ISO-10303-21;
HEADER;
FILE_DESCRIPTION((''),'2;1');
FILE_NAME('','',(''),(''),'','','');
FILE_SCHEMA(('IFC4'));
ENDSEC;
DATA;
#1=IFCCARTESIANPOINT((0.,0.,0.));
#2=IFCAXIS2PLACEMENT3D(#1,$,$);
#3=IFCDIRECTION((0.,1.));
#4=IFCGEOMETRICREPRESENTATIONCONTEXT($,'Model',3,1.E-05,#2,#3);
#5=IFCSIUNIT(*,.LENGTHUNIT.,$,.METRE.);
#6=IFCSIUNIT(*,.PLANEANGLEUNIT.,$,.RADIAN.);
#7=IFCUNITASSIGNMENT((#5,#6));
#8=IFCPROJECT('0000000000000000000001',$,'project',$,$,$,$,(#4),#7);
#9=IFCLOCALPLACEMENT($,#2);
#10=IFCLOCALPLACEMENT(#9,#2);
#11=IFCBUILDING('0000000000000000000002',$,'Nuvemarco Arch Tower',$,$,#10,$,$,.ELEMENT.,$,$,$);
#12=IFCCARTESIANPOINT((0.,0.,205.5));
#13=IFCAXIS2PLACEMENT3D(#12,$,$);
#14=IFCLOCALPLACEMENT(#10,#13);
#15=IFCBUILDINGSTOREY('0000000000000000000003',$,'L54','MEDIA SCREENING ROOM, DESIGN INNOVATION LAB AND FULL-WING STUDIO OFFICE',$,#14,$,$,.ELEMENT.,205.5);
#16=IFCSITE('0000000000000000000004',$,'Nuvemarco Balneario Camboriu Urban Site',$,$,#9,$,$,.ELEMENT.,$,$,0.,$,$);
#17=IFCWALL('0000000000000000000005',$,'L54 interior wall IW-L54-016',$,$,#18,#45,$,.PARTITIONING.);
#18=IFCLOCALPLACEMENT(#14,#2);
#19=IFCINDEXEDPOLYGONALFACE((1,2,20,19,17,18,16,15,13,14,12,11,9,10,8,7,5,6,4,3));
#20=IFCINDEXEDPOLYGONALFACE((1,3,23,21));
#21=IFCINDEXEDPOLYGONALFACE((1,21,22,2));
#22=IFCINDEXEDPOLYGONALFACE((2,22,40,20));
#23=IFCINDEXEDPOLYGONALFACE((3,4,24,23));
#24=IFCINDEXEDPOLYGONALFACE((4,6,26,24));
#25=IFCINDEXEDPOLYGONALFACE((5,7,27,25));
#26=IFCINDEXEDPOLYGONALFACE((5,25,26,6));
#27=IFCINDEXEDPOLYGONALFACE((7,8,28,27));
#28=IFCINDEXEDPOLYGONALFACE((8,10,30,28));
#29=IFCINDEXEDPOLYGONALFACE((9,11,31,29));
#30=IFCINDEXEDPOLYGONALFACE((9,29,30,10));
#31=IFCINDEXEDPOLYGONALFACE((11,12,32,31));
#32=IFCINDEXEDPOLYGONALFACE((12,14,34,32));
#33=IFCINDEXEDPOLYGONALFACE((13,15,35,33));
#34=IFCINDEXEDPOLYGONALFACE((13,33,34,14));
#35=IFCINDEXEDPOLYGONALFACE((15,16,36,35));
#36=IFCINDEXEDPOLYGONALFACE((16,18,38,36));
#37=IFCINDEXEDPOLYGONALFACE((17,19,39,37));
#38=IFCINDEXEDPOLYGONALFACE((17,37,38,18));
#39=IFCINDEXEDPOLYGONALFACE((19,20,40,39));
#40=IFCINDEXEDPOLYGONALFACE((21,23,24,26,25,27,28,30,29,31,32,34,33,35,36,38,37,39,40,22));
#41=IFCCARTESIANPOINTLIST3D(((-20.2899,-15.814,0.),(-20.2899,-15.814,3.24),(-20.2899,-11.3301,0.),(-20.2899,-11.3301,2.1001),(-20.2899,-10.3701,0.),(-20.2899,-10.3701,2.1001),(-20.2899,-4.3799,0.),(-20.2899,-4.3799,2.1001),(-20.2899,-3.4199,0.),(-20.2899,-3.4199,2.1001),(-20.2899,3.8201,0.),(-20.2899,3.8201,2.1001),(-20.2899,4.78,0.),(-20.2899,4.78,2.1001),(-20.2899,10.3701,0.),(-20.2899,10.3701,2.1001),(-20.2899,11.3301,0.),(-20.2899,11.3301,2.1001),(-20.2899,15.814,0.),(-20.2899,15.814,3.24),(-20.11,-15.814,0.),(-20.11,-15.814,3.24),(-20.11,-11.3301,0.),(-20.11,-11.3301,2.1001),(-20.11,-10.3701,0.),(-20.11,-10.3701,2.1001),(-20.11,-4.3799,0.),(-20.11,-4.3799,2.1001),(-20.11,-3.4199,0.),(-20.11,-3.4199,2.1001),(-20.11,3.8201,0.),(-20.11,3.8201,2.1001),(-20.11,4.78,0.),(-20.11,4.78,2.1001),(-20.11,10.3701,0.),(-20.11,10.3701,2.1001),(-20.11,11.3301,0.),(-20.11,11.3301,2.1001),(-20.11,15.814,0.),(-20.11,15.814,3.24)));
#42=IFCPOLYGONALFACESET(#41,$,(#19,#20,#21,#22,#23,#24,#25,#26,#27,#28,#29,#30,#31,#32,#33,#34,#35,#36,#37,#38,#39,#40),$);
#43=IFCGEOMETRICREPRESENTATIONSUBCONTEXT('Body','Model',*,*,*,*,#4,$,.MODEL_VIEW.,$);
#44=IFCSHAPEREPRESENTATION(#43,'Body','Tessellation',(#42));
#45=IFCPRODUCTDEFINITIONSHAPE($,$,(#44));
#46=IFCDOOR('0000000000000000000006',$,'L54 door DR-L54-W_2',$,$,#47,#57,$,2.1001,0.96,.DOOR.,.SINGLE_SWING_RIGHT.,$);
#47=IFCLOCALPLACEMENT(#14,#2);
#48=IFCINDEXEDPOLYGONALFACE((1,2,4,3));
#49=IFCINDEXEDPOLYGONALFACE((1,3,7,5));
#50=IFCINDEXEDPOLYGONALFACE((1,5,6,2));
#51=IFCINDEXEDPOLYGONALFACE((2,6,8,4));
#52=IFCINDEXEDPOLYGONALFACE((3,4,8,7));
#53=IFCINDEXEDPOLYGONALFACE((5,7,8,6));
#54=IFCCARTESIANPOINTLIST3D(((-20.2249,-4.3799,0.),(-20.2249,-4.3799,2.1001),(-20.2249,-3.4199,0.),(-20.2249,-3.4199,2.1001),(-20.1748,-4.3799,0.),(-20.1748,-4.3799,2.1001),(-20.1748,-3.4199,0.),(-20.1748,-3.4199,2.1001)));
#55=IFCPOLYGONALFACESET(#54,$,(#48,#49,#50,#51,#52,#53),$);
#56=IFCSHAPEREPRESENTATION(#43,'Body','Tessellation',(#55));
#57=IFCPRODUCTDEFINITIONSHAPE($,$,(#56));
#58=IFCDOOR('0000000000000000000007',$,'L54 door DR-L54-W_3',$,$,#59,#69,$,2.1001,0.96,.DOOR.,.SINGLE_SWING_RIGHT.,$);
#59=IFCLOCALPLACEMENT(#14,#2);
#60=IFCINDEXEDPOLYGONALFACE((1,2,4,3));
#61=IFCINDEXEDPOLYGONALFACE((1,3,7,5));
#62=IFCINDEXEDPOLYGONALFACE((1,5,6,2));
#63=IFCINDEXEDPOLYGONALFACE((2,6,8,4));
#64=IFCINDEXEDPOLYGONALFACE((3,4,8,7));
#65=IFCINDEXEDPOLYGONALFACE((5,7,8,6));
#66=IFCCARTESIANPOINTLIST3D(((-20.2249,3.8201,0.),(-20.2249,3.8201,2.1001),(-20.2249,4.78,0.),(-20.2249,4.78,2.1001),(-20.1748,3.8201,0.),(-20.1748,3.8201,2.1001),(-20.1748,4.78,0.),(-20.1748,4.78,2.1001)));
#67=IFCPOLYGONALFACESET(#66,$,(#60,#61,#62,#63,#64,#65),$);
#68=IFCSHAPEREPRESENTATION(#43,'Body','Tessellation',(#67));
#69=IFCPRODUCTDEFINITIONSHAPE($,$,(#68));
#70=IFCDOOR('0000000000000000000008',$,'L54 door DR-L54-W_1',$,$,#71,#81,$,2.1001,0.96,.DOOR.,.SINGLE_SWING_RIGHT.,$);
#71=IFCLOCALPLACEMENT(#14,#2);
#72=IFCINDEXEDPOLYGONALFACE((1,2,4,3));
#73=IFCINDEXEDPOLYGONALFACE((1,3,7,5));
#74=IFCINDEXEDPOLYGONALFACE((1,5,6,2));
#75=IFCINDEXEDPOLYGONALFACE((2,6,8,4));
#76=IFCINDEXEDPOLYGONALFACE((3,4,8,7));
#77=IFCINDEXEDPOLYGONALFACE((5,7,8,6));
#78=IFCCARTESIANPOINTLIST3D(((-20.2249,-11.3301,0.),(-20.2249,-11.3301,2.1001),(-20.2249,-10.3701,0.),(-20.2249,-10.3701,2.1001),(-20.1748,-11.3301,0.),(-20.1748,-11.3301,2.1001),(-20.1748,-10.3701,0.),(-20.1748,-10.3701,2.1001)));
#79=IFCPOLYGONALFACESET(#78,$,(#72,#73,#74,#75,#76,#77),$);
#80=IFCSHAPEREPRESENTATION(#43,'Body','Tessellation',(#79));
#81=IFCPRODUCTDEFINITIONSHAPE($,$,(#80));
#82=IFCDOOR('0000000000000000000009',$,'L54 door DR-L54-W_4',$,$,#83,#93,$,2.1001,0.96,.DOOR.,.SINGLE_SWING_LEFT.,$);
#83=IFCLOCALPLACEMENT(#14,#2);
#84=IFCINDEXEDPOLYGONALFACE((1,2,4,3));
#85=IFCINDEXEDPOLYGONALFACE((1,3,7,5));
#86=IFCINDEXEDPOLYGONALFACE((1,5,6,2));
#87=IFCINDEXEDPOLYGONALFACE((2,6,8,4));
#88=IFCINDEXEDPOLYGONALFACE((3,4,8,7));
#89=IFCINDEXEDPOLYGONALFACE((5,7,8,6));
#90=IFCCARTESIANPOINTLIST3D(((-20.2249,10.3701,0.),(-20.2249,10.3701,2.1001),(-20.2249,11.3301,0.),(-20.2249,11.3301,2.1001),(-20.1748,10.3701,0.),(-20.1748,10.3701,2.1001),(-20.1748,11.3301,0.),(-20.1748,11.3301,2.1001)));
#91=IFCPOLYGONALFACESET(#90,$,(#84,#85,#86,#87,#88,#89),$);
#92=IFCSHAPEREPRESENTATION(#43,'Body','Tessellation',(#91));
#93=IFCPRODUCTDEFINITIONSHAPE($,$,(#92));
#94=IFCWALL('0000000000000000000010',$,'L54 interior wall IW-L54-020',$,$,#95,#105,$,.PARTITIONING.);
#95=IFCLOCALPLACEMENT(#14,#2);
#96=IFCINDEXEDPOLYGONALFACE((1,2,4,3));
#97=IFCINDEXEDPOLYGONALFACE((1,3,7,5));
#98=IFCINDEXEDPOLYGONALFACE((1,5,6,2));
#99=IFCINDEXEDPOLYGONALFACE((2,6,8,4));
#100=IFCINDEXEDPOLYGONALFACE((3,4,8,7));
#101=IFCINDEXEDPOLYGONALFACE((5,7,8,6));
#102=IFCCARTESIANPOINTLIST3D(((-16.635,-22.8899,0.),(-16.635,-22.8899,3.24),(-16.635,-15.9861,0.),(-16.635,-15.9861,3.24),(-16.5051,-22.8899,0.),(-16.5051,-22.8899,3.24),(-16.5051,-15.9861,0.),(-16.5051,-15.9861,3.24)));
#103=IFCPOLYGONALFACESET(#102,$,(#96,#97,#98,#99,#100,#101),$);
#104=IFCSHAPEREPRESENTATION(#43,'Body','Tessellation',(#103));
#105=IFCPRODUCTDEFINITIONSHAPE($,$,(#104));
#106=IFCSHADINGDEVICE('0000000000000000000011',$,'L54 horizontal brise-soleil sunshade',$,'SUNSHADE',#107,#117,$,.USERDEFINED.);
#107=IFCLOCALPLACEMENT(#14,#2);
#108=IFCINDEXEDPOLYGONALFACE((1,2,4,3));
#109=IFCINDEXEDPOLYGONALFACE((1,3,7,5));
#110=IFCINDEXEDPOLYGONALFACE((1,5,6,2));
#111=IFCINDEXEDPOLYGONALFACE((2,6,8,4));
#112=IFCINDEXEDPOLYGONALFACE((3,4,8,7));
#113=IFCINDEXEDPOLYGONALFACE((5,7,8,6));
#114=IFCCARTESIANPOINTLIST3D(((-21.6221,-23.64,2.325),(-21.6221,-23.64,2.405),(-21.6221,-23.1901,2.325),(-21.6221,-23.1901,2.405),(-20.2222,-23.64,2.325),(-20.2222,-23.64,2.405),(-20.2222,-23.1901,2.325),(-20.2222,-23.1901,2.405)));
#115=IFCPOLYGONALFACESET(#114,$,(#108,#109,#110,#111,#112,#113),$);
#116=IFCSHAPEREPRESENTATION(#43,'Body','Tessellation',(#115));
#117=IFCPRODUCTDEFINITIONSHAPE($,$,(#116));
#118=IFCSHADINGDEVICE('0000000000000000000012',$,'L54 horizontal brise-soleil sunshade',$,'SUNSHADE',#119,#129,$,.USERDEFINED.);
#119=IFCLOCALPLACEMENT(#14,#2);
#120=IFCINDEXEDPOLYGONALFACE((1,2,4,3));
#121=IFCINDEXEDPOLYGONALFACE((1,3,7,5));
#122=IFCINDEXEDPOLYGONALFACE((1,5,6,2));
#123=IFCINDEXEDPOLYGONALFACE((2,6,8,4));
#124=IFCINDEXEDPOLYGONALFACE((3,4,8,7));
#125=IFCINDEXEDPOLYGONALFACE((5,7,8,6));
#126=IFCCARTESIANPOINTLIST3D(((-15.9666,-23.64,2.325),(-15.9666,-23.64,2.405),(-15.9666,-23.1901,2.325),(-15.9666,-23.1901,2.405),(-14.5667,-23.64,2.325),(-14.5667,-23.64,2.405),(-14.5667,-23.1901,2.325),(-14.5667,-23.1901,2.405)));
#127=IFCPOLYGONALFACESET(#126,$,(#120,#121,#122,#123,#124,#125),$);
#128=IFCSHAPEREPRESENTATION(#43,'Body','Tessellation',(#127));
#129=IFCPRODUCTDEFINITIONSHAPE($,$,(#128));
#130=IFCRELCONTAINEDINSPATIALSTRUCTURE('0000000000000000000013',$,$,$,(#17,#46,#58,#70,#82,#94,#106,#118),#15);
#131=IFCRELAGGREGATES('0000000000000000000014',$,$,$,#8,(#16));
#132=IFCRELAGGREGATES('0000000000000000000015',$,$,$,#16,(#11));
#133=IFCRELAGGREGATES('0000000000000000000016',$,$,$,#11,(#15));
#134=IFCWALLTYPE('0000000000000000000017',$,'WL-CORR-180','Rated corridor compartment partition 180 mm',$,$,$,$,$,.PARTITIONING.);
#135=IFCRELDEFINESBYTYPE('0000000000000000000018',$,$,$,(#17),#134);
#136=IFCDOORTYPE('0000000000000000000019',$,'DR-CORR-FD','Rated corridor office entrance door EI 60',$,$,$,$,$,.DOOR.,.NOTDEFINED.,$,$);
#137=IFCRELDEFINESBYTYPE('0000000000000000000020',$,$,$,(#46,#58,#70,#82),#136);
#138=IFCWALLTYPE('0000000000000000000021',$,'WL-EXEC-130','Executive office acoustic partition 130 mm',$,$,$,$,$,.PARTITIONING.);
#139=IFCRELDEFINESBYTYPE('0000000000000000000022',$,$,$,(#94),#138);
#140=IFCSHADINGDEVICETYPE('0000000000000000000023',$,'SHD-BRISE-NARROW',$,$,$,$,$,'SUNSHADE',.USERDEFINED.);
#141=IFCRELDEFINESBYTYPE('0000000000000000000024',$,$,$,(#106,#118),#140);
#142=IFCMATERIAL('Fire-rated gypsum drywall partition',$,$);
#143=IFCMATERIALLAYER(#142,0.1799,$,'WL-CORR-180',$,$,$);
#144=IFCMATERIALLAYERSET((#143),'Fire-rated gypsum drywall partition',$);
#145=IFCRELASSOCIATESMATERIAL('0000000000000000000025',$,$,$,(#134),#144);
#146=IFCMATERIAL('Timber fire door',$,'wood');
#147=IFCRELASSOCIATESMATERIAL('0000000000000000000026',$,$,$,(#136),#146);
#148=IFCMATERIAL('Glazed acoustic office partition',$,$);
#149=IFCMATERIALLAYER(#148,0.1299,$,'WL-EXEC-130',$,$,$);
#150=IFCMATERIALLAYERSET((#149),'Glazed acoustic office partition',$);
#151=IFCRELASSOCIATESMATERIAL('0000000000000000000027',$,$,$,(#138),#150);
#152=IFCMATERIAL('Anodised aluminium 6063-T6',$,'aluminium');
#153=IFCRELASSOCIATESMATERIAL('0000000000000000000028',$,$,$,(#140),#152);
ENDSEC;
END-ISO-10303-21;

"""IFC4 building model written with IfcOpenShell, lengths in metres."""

from ifc_helpers import new_model, si_unit, direction, frame, frame_2d, origin, origin_2d, place, context, subcontext, project, spatial, rectangle, extrude, source, transform, mapped, material, layer, layer_set, type_object, type_shapes, element, fill, save


model = new_model("IFC4")

# Units and contexts
model_context = context("Model", 3, precision=1e-05, world=origin(), true_north=direction((0.0, 1.0)))
body_context = subcontext(model_context, "Body", "Model", "MODEL_VIEW")
ifc_project = project(units=[si_unit("LENGTHUNIT", "METRE"), si_unit("PLANEANGLEUNIT", "RADIAN")], contexts=[model_context])

# Site, building, storey
site_placement = place(None, origin())
site = spatial("IfcSite", under=ifc_project, at=site_placement, Name="Nuvemarco Balneario Camboriu Urban Site", CompositionType="ELEMENT", RefElevation=0.0)
building_placement = place(site_placement, origin())
building = spatial("IfcBuilding", under=site, at=building_placement, Name="Nuvemarco Arch Tower", CompositionType="ELEMENT")
storey_placement = place(building_placement, frame((0.0, 0.0, 205.5)))
storey = spatial("IfcBuildingStorey", under=building, at=storey_placement, Name="L54", Description="MEDIA SCREENING ROOM, DESIGN INNOVATION LAB AND FULL-WING STUDIO OFFICE", CompositionType="ELEMENT", Elevation=205.5)

# Wall, openings, doors
ifc_material_1 = material(Name="Fire-rated gypsum drywall partition")
ifc_layer_1 = layer(ifc_material_1, 0.1799, Name="WL-CORR-180")
ifc_layer_set_1 = layer_set([ifc_layer_1], Name="Fire-rated gypsum drywall partition")
wall_type_1 = type_object("IfcWallType", Name="WL-CORR-180", Description="Rated corridor compartment partition 180 mm", PredefinedType="PARTITIONING", material=ifc_layer_set_1)
ifc_material_2 = material(Name="Timber fire door", Category="wood")
door_type_1 = type_object("IfcDoorType", Name="DR-CORR-FD", Description="Rated corridor office entrance door EI 60", OperationType="NOTDEFINED", PredefinedType="DOOR", material=ifc_material_2)
shared_shape_1 = source(origin(), body_context, "Body", "SweptSolid", [
    extrude(rectangle(XDim=0.96, YDim=2.1001, at=frame_2d((0.48, 1.05))), frame((0.0, 0.0249, 0.0), z_axis=(0.0, -1.0, 0.0), x_axis=(1.0, 0.0, 0.0)), (0.0, 0.0, 1.0), 0.05),
])
type_shapes(door_type_1, [shared_shape_1])
wall_1_placement = place(storey_placement, frame((-20.2, -15.814, 0.0), z_axis=(0.0, 0.0, 1.0), x_axis=(0.0, 1.0, 0.0)))
wall_1 = element("IfcWall", 1, at=wall_1_placement, inside=storey, type_object=wall_type_1, Name="L54 interior wall IW-L54-016", PredefinedType="PARTITIONING", context=body_context, shape_type="SweptSolid", body=[
    extrude(rectangle(XDim=31.6279, YDim=0.1799, at=frame_2d((15.814, 0.0))), origin(), (0.0, 0.0, 1.0), 3.24),
])
opening_1_placement = place(wall_1_placement, frame((11.4341, 0.0, 0.0)))
opening_1 = element("IfcOpeningElement", 2, at=opening_1_placement, cuts=wall_1, PredefinedType="OPENING", context=body_context, shape_type="SweptSolid", body=[
    extrude(rectangle(XDim=0.96, YDim=2.1001, at=frame_2d((0.48, 1.05))), frame((0.0, 0.0999, 0.0), z_axis=(0.0, -1.0, 0.0), x_axis=(1.0, 0.0, 0.0)), (0.0, 0.0, 1.0), 0.2),
])
opening_2_placement = place(wall_1_placement, frame((19.634, 0.0, 0.0)))
opening_2 = element("IfcOpeningElement", 3, at=opening_2_placement, cuts=wall_1, PredefinedType="OPENING", context=body_context, shape_type="SweptSolid", body=[
    extrude(rectangle(XDim=0.96, YDim=2.1001, at=frame_2d((0.48, 1.05))), frame((0.0, 0.0999, 0.0), z_axis=(0.0, -1.0, 0.0), x_axis=(1.0, 0.0, 0.0)), (0.0, 0.0, 1.0), 0.2),
])
opening_3_placement = place(wall_1_placement, frame((4.4839, 0.0, 0.0)))
opening_3 = element("IfcOpeningElement", 4, at=opening_3_placement, cuts=wall_1, PredefinedType="OPENING", context=body_context, shape_type="SweptSolid", body=[
    extrude(rectangle(XDim=0.96, YDim=2.1001, at=frame_2d((0.48, 1.05))), frame((0.0, 0.0999, 0.0), z_axis=(0.0, -1.0, 0.0), x_axis=(1.0, 0.0, 0.0)), (0.0, 0.0, 1.0), 0.2),
])
opening_4_placement = place(wall_1_placement, frame((26.1841, 0.0, 0.0)))
opening_4 = element("IfcOpeningElement", 5, at=opening_4_placement, cuts=wall_1, PredefinedType="OPENING", context=body_context, shape_type="SweptSolid", body=[
    extrude(rectangle(XDim=0.96, YDim=2.1001, at=frame_2d((0.48, 1.05))), frame((0.0, 0.0999, 0.0), z_axis=(0.0, -1.0, 0.0), x_axis=(1.0, 0.0, 0.0)), (0.0, 0.0, 1.0), 0.2),
])
door_1_placement = place(opening_1_placement, origin())
door_1 = element("IfcDoor", 6, at=door_1_placement, inside=storey, type_object=door_type_1, Name="L54 door DR-L54-W_2", OperationType="SINGLE_SWING_RIGHT", OverallHeight=2.1001, OverallWidth=0.96, PredefinedType="DOOR", context=body_context, shape_type="MappedRepresentation", body=[
    mapped(shared_shape_1, transform((0.0, 0.0, 0.0), scale=1.0)),
])
fill(opening_1, door_1)
door_2_placement = place(opening_2_placement, origin())
door_2 = element("IfcDoor", 7, at=door_2_placement, inside=storey, type_object=door_type_1, Name="L54 door DR-L54-W_3", OperationType="SINGLE_SWING_RIGHT", OverallHeight=2.1001, OverallWidth=0.96, PredefinedType="DOOR", context=body_context, shape_type="MappedRepresentation", body=[
    mapped(shared_shape_1, transform((0.0, 0.0, 0.0), scale=1.0)),
])
fill(opening_2, door_2)
door_3_placement = place(opening_3_placement, origin())
door_3 = element("IfcDoor", 8, at=door_3_placement, inside=storey, type_object=door_type_1, Name="L54 door DR-L54-W_1", OperationType="SINGLE_SWING_RIGHT", OverallHeight=2.1001, OverallWidth=0.96, PredefinedType="DOOR", context=body_context, shape_type="MappedRepresentation", body=[
    mapped(shared_shape_1, transform((0.0, 0.0, 0.0), scale=1.0)),
])
fill(opening_3, door_3)
door_4_placement = place(opening_4_placement, origin())
door_4 = element("IfcDoor", 9, at=door_4_placement, inside=storey, type_object=door_type_1, Name="L54 door DR-L54-W_4", OperationType="SINGLE_SWING_LEFT", OverallHeight=2.1001, OverallWidth=0.96, PredefinedType="DOOR", context=body_context, shape_type="MappedRepresentation", body=[
    mapped(shared_shape_1, transform((0.0, 0.0, 0.0), scale=1.0)),
])
fill(opening_4, door_4)

# Wall
ifc_material_3 = material(Name="Glazed acoustic office partition")
ifc_layer_2 = layer(ifc_material_3, 0.1299, Name="WL-EXEC-130")
ifc_layer_set_2 = layer_set([ifc_layer_2], Name="Glazed acoustic office partition")
wall_type_2 = type_object("IfcWallType", Name="WL-EXEC-130", Description="Executive office acoustic partition 130 mm", PredefinedType="PARTITIONING", material=ifc_layer_set_2)
wall_2_placement = place(storey_placement, frame((-16.5701, -22.8899, 0.0), z_axis=(0.0, 0.0, 1.0), x_axis=(0.0, 1.0, 0.0)))
element("IfcWall", 10, at=wall_2_placement, inside=storey, type_object=wall_type_2, Name="L54 interior wall IW-L54-020", PredefinedType="PARTITIONING", context=body_context, shape_type="SweptSolid", body=[
    extrude(rectangle(XDim=6.9038, YDim=0.1299, at=frame_2d((3.4519, 0.0))), origin(), (0.0, 0.0, 1.0), 3.24),
])

# Shading devices
ifc_material_4 = material(Name="Anodised aluminium 6063-T6", Category="aluminium")
shading_device_type = type_object("IfcShadingDeviceType", Name="SHD-BRISE-NARROW", ElementType="SUNSHADE", PredefinedType="USERDEFINED", material=ifc_material_4)
shared_shape_2 = source(origin(), body_context, "Body", "SweptSolid", [
    extrude(rectangle(XDim=1.3999, YDim=0.45, at=origin_2d()), origin(), (0.0, 0.0, 1.0), 0.0801),
])
type_shapes(shading_device_type, [shared_shape_2])
for number, where, z_axis, x_axis, name in (
    (11, (-20.9221, -23.415, 2.325), (0.0, 0.0, 1.0), (1.0, 0.0, 0.0), "L54 horizontal brise-soleil sunshade"),
    (12, (-15.2666, -23.415, 2.325), (0.0, 0.0, 1.0), (1.0, 0.0, 0.0), "L54 horizontal brise-soleil sunshade"),
):
    element("IfcShadingDevice", number, at=place(storey_placement, frame(where, z_axis=z_axis, x_axis=x_axis)), inside=storey, type_object=shading_device_type, Name=name, ObjectType="SUNSHADE", PredefinedType="USERDEFINED", context=body_context, shape_type="MappedRepresentation", body=[
        mapped(shared_shape_2, transform((0.0, 0.0, 0.0), scale=1.0)),
    ])

save(model, "model.ifc")
